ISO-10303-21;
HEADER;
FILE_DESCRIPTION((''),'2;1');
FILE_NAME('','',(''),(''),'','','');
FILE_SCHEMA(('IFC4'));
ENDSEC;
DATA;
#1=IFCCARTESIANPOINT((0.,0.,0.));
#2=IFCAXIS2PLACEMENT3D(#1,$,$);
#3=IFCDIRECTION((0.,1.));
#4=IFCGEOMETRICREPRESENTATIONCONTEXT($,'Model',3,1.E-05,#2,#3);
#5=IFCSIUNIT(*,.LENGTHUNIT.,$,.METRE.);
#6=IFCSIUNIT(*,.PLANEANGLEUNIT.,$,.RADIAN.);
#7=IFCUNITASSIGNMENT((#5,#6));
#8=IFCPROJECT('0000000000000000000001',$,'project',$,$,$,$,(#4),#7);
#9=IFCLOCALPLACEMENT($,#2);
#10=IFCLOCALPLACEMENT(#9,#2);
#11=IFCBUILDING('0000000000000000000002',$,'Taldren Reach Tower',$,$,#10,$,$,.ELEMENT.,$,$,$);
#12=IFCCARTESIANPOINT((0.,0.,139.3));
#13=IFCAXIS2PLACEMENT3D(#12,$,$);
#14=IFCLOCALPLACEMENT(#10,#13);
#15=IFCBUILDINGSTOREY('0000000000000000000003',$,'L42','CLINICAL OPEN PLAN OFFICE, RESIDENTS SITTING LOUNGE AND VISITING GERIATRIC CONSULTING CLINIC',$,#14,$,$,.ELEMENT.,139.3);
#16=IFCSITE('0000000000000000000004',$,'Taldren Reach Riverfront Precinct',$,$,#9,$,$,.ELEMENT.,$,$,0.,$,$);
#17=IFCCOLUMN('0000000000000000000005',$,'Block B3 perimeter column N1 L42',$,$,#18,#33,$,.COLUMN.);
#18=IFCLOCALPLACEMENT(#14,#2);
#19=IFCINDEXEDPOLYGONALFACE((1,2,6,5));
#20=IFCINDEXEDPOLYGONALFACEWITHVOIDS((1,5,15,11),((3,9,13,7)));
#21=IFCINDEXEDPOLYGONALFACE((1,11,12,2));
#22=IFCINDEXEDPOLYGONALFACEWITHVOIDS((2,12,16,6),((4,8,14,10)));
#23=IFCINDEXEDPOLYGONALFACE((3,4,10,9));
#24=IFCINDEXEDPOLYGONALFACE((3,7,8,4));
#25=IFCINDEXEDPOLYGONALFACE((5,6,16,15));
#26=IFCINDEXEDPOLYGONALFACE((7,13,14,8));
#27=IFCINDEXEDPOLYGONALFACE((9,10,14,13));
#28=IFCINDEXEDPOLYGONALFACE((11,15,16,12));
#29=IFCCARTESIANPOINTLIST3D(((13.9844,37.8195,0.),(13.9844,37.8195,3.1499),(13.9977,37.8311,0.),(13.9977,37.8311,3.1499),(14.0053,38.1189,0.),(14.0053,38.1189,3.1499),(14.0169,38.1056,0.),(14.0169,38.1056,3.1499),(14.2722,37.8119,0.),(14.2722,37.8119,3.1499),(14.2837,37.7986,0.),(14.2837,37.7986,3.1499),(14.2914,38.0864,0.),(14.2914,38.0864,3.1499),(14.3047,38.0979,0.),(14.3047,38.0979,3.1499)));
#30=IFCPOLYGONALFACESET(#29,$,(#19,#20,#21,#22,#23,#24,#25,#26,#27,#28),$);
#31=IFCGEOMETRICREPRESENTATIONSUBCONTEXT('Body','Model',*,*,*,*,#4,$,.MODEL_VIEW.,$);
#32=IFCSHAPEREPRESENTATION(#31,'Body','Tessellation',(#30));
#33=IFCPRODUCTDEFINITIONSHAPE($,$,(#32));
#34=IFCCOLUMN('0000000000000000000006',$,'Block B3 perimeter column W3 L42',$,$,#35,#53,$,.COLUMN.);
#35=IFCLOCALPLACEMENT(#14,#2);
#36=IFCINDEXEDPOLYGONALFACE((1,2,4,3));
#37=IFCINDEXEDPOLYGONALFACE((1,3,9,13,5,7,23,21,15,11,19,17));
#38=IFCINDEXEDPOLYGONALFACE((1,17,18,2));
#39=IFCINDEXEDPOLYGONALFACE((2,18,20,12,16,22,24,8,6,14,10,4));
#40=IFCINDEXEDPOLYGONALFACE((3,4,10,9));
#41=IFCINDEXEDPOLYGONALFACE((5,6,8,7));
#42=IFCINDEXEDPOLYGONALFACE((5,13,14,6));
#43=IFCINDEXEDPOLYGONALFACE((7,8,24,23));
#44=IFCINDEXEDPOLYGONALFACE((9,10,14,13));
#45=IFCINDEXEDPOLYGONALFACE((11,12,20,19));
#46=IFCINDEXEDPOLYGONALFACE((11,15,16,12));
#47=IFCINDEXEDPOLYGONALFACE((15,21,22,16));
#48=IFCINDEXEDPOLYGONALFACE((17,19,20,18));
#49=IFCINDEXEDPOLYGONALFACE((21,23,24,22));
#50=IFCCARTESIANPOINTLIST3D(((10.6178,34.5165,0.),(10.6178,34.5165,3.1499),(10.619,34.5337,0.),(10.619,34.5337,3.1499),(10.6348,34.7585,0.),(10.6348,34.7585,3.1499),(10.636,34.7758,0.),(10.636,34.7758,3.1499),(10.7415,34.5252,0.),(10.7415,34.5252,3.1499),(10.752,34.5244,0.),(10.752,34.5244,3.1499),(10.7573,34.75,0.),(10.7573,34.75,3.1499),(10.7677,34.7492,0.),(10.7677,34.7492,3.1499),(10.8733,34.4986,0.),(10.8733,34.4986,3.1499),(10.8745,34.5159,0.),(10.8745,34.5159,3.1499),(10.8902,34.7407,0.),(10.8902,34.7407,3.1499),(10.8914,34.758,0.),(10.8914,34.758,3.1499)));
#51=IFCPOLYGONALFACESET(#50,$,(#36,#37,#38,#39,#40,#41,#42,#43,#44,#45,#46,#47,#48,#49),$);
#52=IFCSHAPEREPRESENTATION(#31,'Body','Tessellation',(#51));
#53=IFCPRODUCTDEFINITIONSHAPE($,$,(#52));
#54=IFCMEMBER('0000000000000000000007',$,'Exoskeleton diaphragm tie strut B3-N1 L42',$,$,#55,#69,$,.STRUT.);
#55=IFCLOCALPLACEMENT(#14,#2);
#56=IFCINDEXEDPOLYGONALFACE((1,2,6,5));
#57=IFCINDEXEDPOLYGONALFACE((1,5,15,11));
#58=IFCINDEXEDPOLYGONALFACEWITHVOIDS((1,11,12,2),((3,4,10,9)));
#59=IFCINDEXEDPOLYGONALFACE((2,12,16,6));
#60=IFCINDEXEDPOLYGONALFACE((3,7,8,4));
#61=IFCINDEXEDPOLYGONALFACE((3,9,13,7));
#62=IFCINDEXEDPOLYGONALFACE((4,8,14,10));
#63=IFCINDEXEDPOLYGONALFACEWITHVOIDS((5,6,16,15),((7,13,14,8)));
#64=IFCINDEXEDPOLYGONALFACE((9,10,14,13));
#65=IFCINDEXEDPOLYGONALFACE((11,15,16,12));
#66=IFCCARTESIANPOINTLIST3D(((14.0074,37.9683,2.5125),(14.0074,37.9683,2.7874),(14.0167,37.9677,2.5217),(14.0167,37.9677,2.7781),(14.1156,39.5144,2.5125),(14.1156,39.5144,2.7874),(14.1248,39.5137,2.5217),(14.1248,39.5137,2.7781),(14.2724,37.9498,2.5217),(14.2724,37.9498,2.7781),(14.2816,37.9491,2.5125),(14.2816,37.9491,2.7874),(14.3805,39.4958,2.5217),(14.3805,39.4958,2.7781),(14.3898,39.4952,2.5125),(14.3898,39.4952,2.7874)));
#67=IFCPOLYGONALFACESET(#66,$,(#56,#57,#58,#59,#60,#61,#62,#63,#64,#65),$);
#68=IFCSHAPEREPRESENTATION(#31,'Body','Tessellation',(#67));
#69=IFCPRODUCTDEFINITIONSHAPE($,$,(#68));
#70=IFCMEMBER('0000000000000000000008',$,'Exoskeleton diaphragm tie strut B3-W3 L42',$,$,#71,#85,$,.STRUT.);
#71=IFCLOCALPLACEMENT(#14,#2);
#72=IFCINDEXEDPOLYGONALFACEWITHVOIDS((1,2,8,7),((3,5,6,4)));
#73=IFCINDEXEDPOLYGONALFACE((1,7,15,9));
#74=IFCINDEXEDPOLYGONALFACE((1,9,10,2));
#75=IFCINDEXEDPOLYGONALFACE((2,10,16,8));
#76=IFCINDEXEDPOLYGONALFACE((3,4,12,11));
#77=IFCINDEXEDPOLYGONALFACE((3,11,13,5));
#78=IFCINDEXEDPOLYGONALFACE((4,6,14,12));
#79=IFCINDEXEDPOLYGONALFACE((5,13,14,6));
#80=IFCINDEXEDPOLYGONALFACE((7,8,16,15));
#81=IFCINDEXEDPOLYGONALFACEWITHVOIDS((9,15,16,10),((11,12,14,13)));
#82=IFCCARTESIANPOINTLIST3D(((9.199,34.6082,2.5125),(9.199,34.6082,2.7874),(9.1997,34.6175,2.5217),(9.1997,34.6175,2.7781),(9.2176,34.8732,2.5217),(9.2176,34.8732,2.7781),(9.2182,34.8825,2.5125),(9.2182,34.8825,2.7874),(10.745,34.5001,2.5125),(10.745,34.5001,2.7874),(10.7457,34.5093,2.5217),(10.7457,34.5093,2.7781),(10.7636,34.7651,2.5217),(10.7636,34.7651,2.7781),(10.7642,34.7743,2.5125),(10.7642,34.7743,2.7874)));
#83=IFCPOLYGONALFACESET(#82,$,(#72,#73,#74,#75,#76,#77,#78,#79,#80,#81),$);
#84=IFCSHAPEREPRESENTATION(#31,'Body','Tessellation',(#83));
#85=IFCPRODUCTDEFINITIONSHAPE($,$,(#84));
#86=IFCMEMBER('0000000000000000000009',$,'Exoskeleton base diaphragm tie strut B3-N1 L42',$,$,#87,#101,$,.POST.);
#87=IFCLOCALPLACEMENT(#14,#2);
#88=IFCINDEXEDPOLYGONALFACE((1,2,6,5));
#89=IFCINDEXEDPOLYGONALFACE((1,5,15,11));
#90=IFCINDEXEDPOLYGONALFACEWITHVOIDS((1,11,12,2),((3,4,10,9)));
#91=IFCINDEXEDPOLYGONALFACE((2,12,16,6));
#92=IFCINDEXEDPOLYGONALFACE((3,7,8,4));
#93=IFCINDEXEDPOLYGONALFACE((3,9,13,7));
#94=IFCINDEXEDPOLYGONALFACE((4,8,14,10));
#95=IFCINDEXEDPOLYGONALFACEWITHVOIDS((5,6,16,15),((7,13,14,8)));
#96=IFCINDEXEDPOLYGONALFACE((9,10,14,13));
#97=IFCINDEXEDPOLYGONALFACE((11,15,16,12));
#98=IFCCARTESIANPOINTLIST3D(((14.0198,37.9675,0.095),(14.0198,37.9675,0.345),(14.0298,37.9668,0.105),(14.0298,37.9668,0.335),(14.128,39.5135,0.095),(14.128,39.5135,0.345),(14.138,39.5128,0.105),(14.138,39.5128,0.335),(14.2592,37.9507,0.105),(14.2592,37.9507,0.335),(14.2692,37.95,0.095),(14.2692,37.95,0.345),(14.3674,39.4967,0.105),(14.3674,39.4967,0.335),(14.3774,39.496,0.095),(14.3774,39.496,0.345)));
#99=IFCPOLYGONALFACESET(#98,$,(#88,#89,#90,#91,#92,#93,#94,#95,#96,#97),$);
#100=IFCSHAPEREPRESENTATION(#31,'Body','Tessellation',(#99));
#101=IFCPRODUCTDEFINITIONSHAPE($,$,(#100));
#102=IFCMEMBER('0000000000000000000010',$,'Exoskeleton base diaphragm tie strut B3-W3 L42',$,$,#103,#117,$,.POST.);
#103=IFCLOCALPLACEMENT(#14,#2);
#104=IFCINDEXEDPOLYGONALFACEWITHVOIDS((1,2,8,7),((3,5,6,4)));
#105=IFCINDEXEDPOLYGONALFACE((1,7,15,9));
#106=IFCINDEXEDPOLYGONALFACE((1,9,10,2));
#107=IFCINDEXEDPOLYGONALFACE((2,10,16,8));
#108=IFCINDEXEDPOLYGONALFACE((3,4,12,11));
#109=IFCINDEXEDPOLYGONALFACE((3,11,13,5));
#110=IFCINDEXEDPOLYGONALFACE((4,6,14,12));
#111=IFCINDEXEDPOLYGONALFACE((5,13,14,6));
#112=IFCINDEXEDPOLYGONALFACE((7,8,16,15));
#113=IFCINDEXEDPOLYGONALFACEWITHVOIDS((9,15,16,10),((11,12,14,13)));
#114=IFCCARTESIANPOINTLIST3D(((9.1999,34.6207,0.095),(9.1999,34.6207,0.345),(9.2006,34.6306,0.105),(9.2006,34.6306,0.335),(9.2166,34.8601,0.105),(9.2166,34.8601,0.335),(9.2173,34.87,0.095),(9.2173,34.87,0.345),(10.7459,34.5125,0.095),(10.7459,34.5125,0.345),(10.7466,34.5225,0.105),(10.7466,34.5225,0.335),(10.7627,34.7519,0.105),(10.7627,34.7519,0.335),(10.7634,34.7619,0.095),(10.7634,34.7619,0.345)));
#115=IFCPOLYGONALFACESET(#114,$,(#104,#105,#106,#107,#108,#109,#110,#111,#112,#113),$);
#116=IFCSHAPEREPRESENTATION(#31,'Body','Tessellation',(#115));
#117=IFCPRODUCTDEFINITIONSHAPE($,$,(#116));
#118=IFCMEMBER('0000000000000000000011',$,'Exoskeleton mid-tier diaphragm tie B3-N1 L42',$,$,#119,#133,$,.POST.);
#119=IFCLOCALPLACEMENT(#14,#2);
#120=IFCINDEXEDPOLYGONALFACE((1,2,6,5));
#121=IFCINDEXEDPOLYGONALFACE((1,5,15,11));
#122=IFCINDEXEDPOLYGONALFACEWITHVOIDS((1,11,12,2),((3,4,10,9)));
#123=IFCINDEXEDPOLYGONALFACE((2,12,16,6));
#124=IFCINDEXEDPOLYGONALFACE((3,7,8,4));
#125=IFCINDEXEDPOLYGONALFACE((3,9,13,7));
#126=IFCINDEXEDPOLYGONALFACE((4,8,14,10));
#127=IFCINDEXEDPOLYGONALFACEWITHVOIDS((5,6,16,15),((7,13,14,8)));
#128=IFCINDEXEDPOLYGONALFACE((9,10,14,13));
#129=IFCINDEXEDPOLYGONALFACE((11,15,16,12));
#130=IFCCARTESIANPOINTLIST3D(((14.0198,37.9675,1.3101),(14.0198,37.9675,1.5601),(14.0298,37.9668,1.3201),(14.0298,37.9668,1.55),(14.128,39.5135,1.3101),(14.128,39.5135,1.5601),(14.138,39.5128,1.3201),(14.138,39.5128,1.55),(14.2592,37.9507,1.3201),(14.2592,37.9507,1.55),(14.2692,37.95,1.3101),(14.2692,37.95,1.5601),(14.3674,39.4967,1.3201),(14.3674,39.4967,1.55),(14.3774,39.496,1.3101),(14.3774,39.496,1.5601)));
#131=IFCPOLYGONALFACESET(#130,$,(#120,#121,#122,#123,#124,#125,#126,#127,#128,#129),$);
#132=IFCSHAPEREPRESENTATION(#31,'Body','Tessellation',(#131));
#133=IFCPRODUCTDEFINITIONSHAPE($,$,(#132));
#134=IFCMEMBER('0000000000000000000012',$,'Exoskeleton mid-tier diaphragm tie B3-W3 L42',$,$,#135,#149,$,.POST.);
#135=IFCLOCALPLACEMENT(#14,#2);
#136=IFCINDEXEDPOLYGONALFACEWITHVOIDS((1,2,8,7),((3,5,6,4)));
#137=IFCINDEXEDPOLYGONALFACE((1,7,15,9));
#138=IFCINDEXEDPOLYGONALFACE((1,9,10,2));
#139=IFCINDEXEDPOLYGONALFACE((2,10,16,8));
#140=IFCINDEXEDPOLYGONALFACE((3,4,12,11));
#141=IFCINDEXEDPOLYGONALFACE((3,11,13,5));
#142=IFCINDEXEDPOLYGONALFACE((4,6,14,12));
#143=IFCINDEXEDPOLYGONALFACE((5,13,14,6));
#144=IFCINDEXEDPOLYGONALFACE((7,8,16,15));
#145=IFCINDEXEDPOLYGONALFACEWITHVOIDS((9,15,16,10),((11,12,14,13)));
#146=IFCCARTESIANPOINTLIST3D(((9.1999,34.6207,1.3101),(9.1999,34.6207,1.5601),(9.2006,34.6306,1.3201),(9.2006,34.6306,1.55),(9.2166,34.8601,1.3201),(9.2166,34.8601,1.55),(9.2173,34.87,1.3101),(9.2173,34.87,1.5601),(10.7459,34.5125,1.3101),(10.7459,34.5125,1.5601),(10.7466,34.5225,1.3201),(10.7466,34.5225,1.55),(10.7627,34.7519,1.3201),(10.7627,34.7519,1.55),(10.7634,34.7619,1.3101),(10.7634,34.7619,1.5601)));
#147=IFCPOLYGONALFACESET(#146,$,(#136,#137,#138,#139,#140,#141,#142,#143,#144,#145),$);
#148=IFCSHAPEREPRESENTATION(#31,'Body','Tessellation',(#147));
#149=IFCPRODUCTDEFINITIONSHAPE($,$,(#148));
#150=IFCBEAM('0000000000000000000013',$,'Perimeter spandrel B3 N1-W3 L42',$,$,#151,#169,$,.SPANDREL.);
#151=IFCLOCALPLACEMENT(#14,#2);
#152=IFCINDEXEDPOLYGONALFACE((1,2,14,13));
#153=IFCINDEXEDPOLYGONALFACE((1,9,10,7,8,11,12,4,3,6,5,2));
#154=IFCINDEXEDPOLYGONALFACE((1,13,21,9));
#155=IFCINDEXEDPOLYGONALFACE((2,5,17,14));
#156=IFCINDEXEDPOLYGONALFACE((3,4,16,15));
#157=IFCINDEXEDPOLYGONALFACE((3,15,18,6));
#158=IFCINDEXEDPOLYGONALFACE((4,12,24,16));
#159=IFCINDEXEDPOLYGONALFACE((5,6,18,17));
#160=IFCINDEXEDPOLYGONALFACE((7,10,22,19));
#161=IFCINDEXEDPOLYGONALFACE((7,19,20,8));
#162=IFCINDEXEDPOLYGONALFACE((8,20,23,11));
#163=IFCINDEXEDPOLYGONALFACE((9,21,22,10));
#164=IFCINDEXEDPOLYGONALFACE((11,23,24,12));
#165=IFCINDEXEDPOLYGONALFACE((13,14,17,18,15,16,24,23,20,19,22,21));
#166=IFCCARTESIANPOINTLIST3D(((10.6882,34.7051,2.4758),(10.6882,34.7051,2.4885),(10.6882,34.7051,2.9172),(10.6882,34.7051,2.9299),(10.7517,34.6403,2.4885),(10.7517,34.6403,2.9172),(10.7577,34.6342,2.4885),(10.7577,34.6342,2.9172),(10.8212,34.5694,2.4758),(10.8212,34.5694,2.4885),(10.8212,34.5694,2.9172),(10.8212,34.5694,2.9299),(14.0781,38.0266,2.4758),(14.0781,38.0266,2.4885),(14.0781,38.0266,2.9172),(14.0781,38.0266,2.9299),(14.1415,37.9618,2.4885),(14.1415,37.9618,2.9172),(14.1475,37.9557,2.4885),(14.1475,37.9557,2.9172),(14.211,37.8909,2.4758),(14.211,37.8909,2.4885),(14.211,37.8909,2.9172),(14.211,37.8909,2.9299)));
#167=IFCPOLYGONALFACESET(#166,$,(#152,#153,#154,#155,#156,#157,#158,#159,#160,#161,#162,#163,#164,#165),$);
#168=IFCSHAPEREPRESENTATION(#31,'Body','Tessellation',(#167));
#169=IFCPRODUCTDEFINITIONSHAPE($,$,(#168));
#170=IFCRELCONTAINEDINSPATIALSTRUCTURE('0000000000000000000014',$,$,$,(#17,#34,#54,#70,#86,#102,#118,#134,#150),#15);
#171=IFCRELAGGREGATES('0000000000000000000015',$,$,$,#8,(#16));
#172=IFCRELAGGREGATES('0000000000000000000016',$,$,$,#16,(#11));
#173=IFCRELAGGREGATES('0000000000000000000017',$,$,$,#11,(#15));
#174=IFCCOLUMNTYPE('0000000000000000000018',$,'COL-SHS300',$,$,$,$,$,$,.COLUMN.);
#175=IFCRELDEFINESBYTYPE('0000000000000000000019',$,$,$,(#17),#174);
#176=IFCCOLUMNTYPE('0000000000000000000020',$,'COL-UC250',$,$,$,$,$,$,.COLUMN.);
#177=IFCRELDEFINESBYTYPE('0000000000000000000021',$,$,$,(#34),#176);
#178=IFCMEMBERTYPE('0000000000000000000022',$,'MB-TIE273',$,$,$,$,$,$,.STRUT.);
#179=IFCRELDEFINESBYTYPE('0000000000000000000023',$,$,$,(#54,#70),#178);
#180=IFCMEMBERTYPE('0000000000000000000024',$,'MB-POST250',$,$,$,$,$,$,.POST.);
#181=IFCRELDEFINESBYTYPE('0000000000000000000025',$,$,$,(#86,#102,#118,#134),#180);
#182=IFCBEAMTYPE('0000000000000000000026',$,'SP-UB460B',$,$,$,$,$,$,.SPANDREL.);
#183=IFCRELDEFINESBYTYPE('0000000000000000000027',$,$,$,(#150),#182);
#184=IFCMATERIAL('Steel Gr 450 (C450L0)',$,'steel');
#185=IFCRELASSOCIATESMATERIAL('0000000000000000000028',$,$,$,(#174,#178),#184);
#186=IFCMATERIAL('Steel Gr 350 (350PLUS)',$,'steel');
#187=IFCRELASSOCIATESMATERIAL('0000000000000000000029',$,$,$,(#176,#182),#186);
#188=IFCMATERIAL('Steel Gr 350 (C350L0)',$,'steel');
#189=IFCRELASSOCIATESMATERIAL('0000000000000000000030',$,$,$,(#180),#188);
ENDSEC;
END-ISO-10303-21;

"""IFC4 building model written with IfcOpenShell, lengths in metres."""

from ifc_helpers import new_model, si_unit, direction, frame, origin, origin_2d, place, context, subcontext, project, spatial, hollow_rectangle, i_section, extrude, source, transform, mapped, material, material_profile, profile_set, type_object, element, save


model = new_model("IFC4")

# Units and contexts
model_context = context("Model", 3, precision=1e-05, world=origin(), true_north=direction((0.0, 1.0)))
body_context = subcontext(model_context, "Body", "Model", "MODEL_VIEW")
ifc_project = project(units=[si_unit("LENGTHUNIT", "METRE"), si_unit("PLANEANGLEUNIT", "RADIAN")], contexts=[model_context])

# Site, building, storey
site_placement = place(None, origin())
site = spatial("IfcSite", under=ifc_project, at=site_placement, Name="Taldren Reach Riverfront Precinct", CompositionType="ELEMENT", RefElevation=0.0)
building_placement = place(site_placement, origin())
building = spatial("IfcBuilding", under=site, at=building_placement, Name="Taldren Reach Tower", CompositionType="ELEMENT")
storey_placement = place(building_placement, frame((0.0, 0.0, 139.3)))
storey = spatial("IfcBuildingStorey", under=building, at=storey_placement, Name="L42", Description="CLINICAL OPEN PLAN OFFICE, RESIDENTS SITTING LOUNGE AND VISITING GERIATRIC CONSULTING CLINIC", CompositionType="ELEMENT", Elevation=139.3)

# Columns
ifc_material_1 = material(Name="Steel Gr 450 (C450L0)", Category="steel")
ifc_material_profile_1 = material_profile(ifc_material_1, hollow_rectangle(XDim=0.3, YDim=0.3, WallThickness=0.0125, at=origin_2d()), Name="300x300x12.5SHS")
ifc_profile_set_1 = profile_set([ifc_material_profile_1], Name="Steel Gr 450 (C450L0)")
column_type_1 = type_object("IfcColumnType", Name="COL-SHS300", PredefinedType="COLUMN", material=ifc_profile_set_1)
shared_shape_1 = source(origin(), body_context, "Body", "SweptSolid", [
    extrude(hollow_rectangle(XDim=0.3, YDim=0.3, WallThickness=0.0125, at=origin_2d()), origin(), (0.0, 0.0, 1.0), 3.1499),
])
column_1_placement = place(storey_placement, frame((14.1445, 37.9587, 0.0), z_axis=(0.0, 0.0, 1.0), x_axis=(0.997564, -0.069756, 0.0)))
element("IfcColumn", 1, at=column_1_placement, inside=storey, type_object=column_type_1, Name="Block B3 perimeter column N1 L42", PredefinedType="COLUMN", context=body_context, shape_type="MappedRepresentation", body=[
    mapped(shared_shape_1, transform((0.0, 0.0, 0.0), scale=1.0)),
])
ifc_material_2 = material(Name="Steel Gr 350 (350PLUS)", Category="steel")
ifc_material_profile_2 = material_profile(ifc_material_2, i_section(OverallWidth=0.2561, OverallDepth=0.26, WebThickness=0.0105, FlangeThickness=0.0173, at=origin_2d()), Name="250UC89.5")
ifc_profile_set_2 = profile_set([ifc_material_profile_2], Name="Steel Gr 350 (350PLUS)")
column_type_2 = type_object("IfcColumnType", Name="COL-UC250", PredefinedType="COLUMN", material=ifc_profile_set_2)
shared_shape_2 = source(origin(), body_context, "Body", "SweptSolid", [
    extrude(i_section(OverallWidth=0.2561, OverallDepth=0.26, WebThickness=0.0105, FlangeThickness=0.0173, at=origin_2d()), origin(), (0.0, 0.0, 1.0), 3.1499),
])
column_2_placement = place(storey_placement, frame((10.7546, 34.6372, 0.0), z_axis=(0.0, 0.0, 1.0), x_axis=(0.997564, -0.069756, 0.0)))
element("IfcColumn", 2, at=column_2_placement, inside=storey, type_object=column_type_2, Name="Block B3 perimeter column W3 L42", PredefinedType="COLUMN", context=body_context, shape_type="MappedRepresentation", body=[
    mapped(shared_shape_2, transform((0.0, 0.0, 0.0), scale=1.0)),
])

# Members
ifc_material_profile_3 = material_profile(ifc_material_1, hollow_rectangle(XDim=0.2749, YDim=0.2749, WallThickness=0.0093, at=origin_2d()), Name="275x275x9.3SHS")
ifc_profile_set_3 = profile_set([ifc_material_profile_3], Name="Steel Gr 450 (C450L0)")
member_type_1 = type_object("IfcMemberType", Name="MB-TIE273", PredefinedType="STRUT", material=ifc_profile_set_3)
shared_shape_3 = source(origin(), body_context, "Body", "SweptSolid", [
    extrude(hollow_rectangle(XDim=0.2749, YDim=0.2749, WallThickness=0.0093, at=origin_2d()), origin(), (0.0, 0.0, 1.0), 1.5498),
])
for number, where, z_axis, x_axis, name in (
    (3, (14.1445, 37.9587, 2.6499), (0.069781, 0.997562, 0.0), (-0.997562, 0.069781, 0.0), "Exoskeleton diaphragm tie strut B3-N1 L42"),
    (4, (10.7546, 34.6372, 2.6499), (-0.997562, 0.069781, 0.0), (-0.069781, -0.997562, 0.0), "Exoskeleton diaphragm tie strut B3-W3 L42"),
):
    element("IfcMember", number, at=place(storey_placement, frame(where, z_axis=z_axis, x_axis=x_axis)), inside=storey, type_object=member_type_1, Name=name, PredefinedType="STRUT", context=body_context, shape_type="MappedRepresentation", body=[
        mapped(shared_shape_3, transform((0.0, 0.0, 0.0), scale=1.0)),
    ])
ifc_material_3 = material(Name="Steel Gr 350 (C350L0)", Category="steel")
ifc_material_profile_4 = material_profile(ifc_material_3, hollow_rectangle(XDim=0.25, YDim=0.25, WallThickness=0.01, at=origin_2d()), Name="250x250x10.0SHS")
ifc_profile_set_4 = profile_set([ifc_material_profile_4], Name="Steel Gr 350 (C350L0)")
member_type_2 = type_object("IfcMemberType", Name="MB-POST250", PredefinedType="POST", material=ifc_profile_set_4)
shared_shape_4 = source(origin(), body_context, "Body", "SweptSolid", [
    extrude(hollow_rectangle(XDim=0.25, YDim=0.25, WallThickness=0.01, at=origin_2d()), origin(), (0.0, 0.0, 1.0), 1.5498),
])
for number, where, z_axis, x_axis, name in (
    (5, (14.1445, 37.9587, 0.22), (0.069781, 0.997562, 0.0), (-0.997562, 0.069781, 0.0), "Exoskeleton base diaphragm tie strut B3-N1 L42"),
    (6, (10.7546, 34.6372, 0.22), (-0.997562, 0.069781, 0.0), (-0.069781, -0.997562, 0.0), "Exoskeleton base diaphragm tie strut B3-W3 L42"),
    (7, (14.1445, 37.9587, 1.4351), (0.069781, 0.997562, 0.0), (-0.997562, 0.069781, 0.0), "Exoskeleton mid-tier diaphragm tie B3-N1 L42"),
    (8, (10.7546, 34.6372, 1.4351), (-0.997562, 0.069781, 0.0), (-0.069781, -0.997562, 0.0), "Exoskeleton mid-tier diaphragm tie B3-W3 L42"),
):
    element("IfcMember", number, at=place(storey_placement, frame(where, z_axis=z_axis, x_axis=x_axis)), inside=storey, type_object=member_type_2, Name=name, PredefinedType="POST", context=body_context, shape_type="MappedRepresentation", body=[
        mapped(shared_shape_4, transform((0.0, 0.0, 0.0), scale=1.0)),
    ])

# Beam
ifc_material_profile_5 = material_profile(ifc_material_2, i_section(OverallWidth=0.1899, OverallDepth=0.4541, WebThickness=0.0085, FlangeThickness=0.0127, at=origin_2d()), Name="460UB67.1")
ifc_profile_set_5 = profile_set([ifc_material_profile_5], Name="Steel Gr 350 (350PLUS)")
beam_type_1 = type_object("IfcBeamType", Name="SP-UB460B", PredefinedType="SPANDREL", material=ifc_profile_set_5)
shared_shape_5 = source(origin(), body_context, "Body", "SweptSolid", [
    extrude(i_section(OverallWidth=0.1899, OverallDepth=0.4541, WebThickness=0.0085, FlangeThickness=0.0127, at=origin_2d()), origin(), (0.0, 0.0, 1.0), 4.7458),
])
beam_1_placement = place(storey_placement, frame((14.1445, 37.9587, 2.7029), z_axis=(-0.714272, -0.699868, 0.0), x_axis=(0.699868, -0.714272, 0.0)))
element("IfcBeam", 9, at=beam_1_placement, inside=storey, type_object=beam_type_1, Name="Perimeter spandrel B3 N1-W3 L42", PredefinedType="SPANDREL", context=body_context, shape_type="MappedRepresentation", body=[
    mapped(shared_shape_5, transform((0.0, 0.0, 0.0), scale=1.0)),
])

save(model, "model.ifc")
